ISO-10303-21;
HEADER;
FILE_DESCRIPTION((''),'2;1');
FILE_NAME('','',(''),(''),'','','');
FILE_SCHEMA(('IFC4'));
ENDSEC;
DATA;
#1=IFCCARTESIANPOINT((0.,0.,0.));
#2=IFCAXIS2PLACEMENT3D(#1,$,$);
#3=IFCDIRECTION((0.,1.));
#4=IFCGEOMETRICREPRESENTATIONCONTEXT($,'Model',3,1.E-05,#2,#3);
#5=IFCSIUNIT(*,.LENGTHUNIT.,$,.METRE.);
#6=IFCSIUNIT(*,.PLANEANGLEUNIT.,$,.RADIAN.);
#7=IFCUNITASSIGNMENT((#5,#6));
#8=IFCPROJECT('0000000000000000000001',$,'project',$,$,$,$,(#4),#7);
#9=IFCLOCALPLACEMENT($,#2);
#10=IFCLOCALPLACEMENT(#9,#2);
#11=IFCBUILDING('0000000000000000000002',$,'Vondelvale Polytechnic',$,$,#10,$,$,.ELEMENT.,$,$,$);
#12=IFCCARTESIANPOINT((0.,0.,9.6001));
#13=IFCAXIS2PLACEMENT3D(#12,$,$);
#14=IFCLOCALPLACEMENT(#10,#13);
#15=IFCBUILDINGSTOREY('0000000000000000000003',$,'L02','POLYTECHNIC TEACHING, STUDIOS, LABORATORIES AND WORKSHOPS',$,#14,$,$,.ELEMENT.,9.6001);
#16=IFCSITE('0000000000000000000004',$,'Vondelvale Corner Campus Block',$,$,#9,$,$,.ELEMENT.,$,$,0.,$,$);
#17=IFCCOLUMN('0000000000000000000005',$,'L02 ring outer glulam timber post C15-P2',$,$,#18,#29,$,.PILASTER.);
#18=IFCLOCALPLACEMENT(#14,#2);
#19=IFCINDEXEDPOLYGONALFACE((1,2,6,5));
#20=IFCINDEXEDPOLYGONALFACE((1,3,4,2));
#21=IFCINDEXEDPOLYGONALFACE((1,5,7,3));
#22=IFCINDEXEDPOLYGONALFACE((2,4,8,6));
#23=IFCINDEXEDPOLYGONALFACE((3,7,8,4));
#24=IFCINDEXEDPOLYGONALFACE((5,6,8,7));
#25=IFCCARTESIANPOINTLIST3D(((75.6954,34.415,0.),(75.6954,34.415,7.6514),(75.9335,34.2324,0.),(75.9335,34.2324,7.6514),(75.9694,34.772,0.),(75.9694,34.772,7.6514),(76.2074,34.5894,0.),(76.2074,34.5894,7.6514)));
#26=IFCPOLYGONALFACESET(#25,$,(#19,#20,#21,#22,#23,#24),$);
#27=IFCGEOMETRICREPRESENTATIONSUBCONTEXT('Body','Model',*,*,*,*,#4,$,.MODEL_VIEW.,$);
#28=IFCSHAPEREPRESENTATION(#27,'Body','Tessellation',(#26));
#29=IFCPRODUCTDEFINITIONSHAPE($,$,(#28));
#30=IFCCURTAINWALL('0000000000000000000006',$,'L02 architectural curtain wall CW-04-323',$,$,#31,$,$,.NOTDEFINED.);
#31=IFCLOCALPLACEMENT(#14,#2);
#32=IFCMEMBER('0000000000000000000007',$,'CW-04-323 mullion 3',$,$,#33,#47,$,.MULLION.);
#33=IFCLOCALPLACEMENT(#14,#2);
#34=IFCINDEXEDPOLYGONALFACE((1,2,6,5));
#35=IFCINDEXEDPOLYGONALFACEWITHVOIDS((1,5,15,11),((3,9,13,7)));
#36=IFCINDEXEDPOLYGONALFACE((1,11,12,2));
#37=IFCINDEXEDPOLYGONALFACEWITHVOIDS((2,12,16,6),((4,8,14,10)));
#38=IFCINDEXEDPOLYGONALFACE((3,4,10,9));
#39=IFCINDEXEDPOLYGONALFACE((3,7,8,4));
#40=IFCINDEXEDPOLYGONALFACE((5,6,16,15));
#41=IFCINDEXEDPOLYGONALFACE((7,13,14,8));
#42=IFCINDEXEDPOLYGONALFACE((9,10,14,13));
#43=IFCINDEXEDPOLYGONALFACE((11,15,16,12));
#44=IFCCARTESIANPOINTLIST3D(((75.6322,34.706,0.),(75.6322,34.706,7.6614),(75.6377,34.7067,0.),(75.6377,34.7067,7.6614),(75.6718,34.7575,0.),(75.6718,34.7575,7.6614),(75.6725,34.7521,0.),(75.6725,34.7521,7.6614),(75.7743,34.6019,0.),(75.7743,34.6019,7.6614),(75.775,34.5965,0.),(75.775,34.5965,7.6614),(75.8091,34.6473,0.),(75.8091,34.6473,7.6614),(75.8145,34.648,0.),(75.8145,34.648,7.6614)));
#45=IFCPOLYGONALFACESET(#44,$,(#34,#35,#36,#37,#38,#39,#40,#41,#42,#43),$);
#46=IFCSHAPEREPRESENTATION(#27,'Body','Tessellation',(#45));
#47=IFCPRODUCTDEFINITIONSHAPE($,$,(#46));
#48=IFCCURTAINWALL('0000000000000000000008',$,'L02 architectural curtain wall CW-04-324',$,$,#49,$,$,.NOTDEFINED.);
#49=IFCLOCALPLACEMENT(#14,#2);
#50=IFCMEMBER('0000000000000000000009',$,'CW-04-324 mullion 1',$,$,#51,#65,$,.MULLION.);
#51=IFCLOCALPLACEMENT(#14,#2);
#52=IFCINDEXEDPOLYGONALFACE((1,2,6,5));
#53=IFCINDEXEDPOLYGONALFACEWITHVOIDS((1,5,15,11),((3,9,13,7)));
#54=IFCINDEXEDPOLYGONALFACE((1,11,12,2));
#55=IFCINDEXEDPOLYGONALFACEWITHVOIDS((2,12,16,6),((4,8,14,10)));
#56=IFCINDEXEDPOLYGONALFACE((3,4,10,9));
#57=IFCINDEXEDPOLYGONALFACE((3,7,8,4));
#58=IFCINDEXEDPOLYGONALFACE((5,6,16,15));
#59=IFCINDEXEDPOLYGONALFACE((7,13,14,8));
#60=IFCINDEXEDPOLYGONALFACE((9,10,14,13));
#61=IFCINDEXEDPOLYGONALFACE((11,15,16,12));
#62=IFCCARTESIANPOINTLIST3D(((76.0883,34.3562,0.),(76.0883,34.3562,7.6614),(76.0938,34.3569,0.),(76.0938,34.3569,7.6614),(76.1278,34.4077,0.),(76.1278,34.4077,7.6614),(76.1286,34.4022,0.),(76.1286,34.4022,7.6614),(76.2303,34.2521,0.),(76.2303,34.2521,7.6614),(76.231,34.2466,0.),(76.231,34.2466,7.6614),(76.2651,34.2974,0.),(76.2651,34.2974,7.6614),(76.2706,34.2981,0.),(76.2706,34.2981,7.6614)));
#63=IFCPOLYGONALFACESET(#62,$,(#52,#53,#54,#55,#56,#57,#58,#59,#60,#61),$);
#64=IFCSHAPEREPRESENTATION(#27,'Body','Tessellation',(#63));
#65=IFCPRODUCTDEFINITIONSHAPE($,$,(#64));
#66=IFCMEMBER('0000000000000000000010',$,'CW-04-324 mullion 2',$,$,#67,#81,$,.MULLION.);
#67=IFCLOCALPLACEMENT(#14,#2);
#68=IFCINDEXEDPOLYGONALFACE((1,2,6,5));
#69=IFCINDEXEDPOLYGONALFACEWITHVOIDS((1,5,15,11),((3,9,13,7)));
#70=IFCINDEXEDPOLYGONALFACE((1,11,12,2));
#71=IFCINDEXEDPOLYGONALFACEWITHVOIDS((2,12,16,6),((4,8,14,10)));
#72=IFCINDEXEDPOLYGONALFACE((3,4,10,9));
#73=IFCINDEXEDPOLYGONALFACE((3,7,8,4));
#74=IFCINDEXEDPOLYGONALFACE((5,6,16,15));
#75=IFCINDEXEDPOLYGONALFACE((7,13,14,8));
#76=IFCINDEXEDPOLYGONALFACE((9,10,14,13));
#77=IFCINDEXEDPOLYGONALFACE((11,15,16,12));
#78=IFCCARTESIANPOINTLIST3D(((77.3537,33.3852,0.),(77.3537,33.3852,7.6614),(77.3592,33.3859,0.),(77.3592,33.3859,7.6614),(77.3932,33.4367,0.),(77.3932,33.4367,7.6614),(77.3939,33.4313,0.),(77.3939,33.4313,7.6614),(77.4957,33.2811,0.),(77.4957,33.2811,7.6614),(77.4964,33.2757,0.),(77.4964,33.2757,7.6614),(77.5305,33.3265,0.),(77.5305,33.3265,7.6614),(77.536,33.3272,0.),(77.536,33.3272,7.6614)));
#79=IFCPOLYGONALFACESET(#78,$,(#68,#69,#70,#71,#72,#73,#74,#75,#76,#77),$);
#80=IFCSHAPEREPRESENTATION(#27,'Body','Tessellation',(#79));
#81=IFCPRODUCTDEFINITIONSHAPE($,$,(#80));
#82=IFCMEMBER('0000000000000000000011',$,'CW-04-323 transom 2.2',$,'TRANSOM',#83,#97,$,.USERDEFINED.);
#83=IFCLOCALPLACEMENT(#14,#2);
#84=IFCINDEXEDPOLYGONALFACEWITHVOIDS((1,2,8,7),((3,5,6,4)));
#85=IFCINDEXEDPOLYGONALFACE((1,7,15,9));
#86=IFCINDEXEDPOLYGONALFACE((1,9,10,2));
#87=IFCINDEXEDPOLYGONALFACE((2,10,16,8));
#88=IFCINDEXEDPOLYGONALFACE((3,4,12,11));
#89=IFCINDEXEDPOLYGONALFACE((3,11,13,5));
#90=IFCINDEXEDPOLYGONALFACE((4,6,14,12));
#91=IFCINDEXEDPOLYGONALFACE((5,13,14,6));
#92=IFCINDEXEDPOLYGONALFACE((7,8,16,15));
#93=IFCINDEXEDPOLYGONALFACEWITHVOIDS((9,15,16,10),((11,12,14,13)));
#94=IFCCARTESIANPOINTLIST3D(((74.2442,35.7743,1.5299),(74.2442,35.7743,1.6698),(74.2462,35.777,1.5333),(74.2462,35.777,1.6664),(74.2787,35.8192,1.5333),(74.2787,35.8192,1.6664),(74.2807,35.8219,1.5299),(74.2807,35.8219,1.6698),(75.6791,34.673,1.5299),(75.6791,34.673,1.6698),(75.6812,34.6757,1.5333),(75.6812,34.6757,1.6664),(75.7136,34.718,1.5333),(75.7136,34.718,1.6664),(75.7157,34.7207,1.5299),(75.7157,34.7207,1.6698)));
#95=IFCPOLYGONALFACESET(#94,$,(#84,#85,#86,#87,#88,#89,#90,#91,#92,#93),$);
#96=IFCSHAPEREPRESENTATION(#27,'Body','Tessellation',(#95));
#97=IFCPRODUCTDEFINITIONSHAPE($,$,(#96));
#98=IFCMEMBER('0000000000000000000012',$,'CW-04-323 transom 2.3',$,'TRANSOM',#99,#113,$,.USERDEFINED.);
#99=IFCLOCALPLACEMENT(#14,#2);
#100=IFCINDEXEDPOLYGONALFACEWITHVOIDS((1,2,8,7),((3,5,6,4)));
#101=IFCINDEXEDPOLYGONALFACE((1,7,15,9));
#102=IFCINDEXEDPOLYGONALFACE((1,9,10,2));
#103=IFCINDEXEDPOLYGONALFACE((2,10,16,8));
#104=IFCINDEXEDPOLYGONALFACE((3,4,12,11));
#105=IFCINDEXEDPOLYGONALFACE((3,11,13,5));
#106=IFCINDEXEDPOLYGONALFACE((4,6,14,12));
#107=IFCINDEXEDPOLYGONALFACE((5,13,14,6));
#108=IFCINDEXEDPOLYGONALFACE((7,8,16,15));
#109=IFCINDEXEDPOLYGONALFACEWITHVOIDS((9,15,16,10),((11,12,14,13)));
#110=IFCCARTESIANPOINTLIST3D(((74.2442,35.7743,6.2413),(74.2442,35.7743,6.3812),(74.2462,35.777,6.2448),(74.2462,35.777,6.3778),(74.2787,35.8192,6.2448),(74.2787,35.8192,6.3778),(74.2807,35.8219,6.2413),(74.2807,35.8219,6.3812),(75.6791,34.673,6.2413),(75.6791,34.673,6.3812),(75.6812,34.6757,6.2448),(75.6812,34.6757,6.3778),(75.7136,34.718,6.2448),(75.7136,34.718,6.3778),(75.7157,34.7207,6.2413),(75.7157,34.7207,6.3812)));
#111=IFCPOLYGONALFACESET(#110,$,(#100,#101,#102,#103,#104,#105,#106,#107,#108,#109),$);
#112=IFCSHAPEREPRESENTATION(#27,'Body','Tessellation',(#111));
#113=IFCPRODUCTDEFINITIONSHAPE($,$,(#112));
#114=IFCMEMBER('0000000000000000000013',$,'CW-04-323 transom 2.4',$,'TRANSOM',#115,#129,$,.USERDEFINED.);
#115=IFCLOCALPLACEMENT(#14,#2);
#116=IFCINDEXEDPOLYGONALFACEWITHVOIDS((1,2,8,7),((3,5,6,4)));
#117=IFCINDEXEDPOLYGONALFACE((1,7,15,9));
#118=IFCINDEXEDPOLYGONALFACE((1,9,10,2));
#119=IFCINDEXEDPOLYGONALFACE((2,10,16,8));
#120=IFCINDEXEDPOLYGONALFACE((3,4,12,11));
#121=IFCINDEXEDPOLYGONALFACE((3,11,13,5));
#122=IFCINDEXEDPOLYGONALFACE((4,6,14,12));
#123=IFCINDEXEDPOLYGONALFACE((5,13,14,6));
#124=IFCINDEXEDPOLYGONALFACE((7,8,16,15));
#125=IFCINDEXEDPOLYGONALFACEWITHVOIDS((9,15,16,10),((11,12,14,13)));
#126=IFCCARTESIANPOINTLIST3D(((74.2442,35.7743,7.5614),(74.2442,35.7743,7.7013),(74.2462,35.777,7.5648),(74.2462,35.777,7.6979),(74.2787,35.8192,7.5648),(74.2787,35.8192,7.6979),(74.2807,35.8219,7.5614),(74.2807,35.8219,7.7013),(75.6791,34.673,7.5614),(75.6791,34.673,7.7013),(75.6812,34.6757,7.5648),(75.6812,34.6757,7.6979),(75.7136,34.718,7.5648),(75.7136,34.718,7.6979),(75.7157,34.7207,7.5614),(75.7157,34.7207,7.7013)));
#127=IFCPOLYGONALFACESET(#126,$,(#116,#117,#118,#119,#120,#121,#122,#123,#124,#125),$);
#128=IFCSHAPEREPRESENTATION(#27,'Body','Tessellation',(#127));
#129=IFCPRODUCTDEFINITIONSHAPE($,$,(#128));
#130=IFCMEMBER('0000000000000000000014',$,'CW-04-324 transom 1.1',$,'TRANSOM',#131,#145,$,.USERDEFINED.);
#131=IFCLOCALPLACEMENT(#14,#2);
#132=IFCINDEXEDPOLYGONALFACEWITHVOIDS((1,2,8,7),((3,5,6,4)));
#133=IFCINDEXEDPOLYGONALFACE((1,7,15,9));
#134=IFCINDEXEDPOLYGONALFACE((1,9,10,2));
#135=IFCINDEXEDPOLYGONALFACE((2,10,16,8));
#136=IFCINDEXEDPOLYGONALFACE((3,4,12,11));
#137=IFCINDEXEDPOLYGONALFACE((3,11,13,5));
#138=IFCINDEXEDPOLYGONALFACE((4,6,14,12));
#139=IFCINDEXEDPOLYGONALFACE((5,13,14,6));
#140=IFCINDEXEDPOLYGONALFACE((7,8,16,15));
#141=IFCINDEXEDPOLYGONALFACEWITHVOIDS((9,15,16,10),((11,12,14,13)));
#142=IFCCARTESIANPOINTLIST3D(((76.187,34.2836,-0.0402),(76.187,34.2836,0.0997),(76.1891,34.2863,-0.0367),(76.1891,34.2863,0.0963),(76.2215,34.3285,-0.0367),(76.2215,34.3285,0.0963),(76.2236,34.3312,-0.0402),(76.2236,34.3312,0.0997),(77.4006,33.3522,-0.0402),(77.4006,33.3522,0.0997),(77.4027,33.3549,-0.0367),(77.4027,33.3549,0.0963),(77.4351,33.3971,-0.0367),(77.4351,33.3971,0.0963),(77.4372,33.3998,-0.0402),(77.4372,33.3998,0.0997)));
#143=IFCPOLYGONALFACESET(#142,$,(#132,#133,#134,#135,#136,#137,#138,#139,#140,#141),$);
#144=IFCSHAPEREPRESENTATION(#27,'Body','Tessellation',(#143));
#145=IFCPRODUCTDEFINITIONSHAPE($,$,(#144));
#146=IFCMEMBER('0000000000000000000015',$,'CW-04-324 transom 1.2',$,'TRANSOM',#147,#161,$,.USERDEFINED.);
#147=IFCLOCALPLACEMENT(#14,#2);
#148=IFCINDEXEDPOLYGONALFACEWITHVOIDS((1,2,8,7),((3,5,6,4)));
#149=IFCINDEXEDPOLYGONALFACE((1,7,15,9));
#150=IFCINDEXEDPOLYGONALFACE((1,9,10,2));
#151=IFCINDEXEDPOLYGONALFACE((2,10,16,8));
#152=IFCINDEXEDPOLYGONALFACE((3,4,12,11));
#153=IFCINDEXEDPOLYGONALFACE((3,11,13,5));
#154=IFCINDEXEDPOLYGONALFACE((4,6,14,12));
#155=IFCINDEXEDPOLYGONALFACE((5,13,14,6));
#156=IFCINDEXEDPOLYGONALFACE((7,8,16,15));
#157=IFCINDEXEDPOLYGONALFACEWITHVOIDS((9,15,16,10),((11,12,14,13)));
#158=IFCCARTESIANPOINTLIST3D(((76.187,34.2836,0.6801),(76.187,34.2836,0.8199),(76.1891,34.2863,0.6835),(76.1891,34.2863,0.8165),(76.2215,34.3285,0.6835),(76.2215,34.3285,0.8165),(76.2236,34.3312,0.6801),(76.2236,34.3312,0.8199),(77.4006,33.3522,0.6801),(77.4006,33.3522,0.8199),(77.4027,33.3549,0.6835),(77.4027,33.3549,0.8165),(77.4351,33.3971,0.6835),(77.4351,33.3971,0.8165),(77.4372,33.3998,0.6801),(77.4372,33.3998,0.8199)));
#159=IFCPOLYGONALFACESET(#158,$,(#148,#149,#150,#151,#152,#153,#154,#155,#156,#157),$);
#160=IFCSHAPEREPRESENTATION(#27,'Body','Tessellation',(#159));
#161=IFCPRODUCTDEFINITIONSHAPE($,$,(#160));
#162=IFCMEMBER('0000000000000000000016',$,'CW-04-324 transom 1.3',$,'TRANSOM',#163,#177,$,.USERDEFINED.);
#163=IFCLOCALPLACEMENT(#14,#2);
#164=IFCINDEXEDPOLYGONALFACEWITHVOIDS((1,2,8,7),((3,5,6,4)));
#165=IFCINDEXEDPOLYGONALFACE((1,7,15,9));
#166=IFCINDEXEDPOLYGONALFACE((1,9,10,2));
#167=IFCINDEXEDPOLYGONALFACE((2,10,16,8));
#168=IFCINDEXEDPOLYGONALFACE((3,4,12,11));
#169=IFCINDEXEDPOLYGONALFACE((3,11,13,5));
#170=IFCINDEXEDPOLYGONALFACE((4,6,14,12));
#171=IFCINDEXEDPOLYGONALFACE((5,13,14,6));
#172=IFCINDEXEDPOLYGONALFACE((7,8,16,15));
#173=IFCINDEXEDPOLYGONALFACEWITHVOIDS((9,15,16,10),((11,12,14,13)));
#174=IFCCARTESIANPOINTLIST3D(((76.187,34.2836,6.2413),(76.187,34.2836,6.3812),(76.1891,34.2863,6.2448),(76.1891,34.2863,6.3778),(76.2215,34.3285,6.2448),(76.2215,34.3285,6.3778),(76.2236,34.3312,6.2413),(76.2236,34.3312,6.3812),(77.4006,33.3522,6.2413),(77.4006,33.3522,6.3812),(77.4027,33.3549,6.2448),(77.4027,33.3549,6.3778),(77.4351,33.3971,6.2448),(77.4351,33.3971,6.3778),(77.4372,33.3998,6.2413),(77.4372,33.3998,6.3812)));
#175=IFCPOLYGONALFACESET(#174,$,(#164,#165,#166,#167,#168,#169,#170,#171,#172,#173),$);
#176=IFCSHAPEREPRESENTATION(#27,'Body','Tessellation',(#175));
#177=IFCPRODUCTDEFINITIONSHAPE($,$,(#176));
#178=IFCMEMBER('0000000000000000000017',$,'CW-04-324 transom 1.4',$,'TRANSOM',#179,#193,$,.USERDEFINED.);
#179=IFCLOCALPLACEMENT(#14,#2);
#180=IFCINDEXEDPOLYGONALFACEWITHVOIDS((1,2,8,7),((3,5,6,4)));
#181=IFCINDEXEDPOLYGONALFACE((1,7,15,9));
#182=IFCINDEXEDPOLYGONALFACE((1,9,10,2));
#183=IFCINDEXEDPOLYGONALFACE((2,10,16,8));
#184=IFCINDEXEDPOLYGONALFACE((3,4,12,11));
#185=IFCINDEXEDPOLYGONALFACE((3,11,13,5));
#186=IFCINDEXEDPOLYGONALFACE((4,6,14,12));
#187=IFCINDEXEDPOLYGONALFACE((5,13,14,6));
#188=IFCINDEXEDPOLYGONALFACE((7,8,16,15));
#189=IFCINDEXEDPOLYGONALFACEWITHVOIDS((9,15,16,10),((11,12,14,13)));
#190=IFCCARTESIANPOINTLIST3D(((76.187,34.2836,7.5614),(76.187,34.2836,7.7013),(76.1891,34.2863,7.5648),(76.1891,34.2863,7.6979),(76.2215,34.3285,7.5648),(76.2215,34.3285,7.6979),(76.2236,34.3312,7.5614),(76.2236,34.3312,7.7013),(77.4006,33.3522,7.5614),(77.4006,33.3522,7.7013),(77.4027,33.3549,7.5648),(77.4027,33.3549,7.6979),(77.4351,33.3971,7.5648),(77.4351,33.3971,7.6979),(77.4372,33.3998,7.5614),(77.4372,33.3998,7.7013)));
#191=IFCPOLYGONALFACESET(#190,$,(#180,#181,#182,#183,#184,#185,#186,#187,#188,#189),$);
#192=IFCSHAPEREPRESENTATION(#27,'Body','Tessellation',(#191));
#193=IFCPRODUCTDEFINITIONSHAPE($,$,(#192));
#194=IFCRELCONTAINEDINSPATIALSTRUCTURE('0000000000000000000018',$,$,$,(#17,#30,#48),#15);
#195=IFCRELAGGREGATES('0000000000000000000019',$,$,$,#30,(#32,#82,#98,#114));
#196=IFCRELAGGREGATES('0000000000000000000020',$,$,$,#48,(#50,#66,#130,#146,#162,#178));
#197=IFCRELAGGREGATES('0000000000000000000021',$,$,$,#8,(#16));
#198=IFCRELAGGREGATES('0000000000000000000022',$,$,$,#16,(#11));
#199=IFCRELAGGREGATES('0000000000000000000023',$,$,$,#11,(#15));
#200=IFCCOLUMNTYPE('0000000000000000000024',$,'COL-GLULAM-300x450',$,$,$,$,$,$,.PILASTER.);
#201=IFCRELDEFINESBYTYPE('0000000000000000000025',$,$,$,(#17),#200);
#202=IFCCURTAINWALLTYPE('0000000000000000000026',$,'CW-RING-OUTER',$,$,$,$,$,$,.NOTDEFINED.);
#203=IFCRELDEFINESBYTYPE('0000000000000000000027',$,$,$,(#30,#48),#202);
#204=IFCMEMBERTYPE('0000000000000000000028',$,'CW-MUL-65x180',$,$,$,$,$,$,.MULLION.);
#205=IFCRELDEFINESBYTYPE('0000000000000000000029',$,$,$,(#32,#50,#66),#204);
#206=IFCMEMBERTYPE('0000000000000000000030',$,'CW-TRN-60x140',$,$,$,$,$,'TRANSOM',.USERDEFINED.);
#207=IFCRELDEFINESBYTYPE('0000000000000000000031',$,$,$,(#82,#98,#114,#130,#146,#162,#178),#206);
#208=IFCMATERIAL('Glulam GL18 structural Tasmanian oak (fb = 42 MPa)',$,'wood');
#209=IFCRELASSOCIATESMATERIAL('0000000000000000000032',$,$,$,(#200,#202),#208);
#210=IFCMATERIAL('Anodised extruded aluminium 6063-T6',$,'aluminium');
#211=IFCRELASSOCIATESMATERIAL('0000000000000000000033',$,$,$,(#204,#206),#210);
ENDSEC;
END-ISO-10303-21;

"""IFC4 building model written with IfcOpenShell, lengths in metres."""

from ifc_helpers import new_model, si_unit, direction, frame, origin, origin_2d, place, context, subcontext, project, spatial, rectangle, hollow_rectangle, extrude, material, material_profile, profile_set, type_object, element, aggregate, save


model = new_model("IFC4")

# Units and contexts
model_context = context("Model", 3, precision=1e-05, world=origin(), true_north=direction((0.0, 1.0)))
body_context = subcontext(model_context, "Body", "Model", "MODEL_VIEW")
ifc_project = project(units=[si_unit("LENGTHUNIT", "METRE"), si_unit("PLANEANGLEUNIT", "RADIAN")], contexts=[model_context])

# Site, building, storey
site_placement = place(None, origin())
site = spatial("IfcSite", under=ifc_project, at=site_placement, Name="Vondelvale Corner Campus Block", CompositionType="ELEMENT", RefElevation=0.0)
building_placement = place(site_placement, origin())
building = spatial("IfcBuilding", under=site, at=building_placement, Name="Vondelvale Polytechnic", CompositionType="ELEMENT")
storey_placement = place(building_placement, frame((0.0, 0.0, 9.6001)))
storey = spatial("IfcBuildingStorey", under=building, at=storey_placement, Name="L02", Description="POLYTECHNIC TEACHING, STUDIOS, LABORATORIES AND WORKSHOPS", CompositionType="ELEMENT", Elevation=9.6001)

# Column
ifc_material_1 = material(Name="Glulam GL18 structural Tasmanian oak (fb = 42 MPa)", Category="wood")
ifc_material_profile_1 = material_profile(ifc_material_1, rectangle(XDim=0.3, YDim=0.45, at=origin_2d()), Name="GL-POST-300x450")
ifc_profile_set_1 = profile_set([ifc_material_profile_1], Name="Glulam GL18 structural Tasmanian oak (fb = 42 MPa)")
column_type = type_object("IfcColumnType", Name="COL-GLULAM-300x450", PredefinedType="PILASTER", material=ifc_profile_set_1)
column_placement = place(storey_placement, frame((75.9514, 34.5022, 0.0), z_axis=(0.0, 0.0, 1.0), x_axis=(-0.793353, 0.608761, 0.0)))
element("IfcColumn", 1, at=column_placement, inside=storey, type_object=column_type, Name="L02 ring outer glulam timber post C15-P2", PredefinedType="PILASTER", context=body_context, shape_type="SweptSolid", body=[
    extrude(rectangle(XDim=0.3, YDim=0.45, at=origin_2d()), origin(), (0.0, 0.0, 1.0), 7.6514),
])

# Curtain wall, member
curtain_wall_type = type_object("IfcCurtainWallType", Name="CW-RING-OUTER", PredefinedType="NOTDEFINED", material=ifc_material_1)
curtain_wall_1_placement = place(storey_placement, origin())
curtain_wall_1 = element("IfcCurtainWall", 2, at=curtain_wall_1_placement, inside=storey, type_object=curtain_wall_type, Name="L02 architectural curtain wall CW-04-323", PredefinedType="NOTDEFINED")
ifc_material_2 = material(Name="Anodised extruded aluminium 6063-T6", Category="aluminium")
ifc_material_profile_2 = material_profile(ifc_material_2, hollow_rectangle(XDim=0.0649, YDim=0.1799, WallThickness=0.0039, at=origin_2d()), Name="CW-MUL-180x65")
ifc_profile_set_2 = profile_set([ifc_material_profile_2], Name="Anodised extruded aluminium 6063-T6")
member_type_1 = type_object("IfcMemberType", Name="CW-MUL-65x180", PredefinedType="MULLION", material=ifc_profile_set_2)
member_1_placement = place(storey_placement, frame((75.7234, 34.677, 0.0), z_axis=(0.0, 0.0, 1.0), x_axis=(0.608771, 0.793346, 0.0)))
member_1 = element("IfcMember", 3, at=member_1_placement, type_object=member_type_1, Name="CW-04-323 mullion 3", PredefinedType="MULLION", context=body_context, shape_type="SweptSolid", body=[
    extrude(hollow_rectangle(XDim=0.0649, YDim=0.1799, WallThickness=0.0039, at=origin_2d()), origin(), (0.0, 0.0, 1.0), 7.6614),
])

# Curtain wall, members
curtain_wall_2_placement = place(storey_placement, origin())
curtain_wall_2 = element("IfcCurtainWall", 4, at=curtain_wall_2_placement, inside=storey, type_object=curtain_wall_type, Name="L02 architectural curtain wall CW-04-324", PredefinedType="NOTDEFINED")
member_2_placement = place(storey_placement, frame((76.1794, 34.3271, 0.0), z_axis=(0.0, 0.0, 1.0), x_axis=(0.608787, 0.793334, 0.0)))
member_2 = element("IfcMember", 5, at=member_2_placement, type_object=member_type_1, Name="CW-04-324 mullion 1", PredefinedType="MULLION", context=body_context, shape_type="SweptSolid", body=[
    extrude(hollow_rectangle(XDim=0.0649, YDim=0.1799, WallThickness=0.0039, at=origin_2d()), origin(), (0.0, 0.0, 1.0), 7.6614),
])
member_3_placement = place(storey_placement, frame((77.4448, 33.3562, 0.0), z_axis=(0.0, 0.0, 1.0), x_axis=(0.608787, 0.793334, 0.0)))
member_3 = element("IfcMember", 6, at=member_3_placement, type_object=member_type_1, Name="CW-04-324 mullion 2", PredefinedType="MULLION", context=body_context, shape_type="SweptSolid", body=[
    extrude(hollow_rectangle(XDim=0.0649, YDim=0.1799, WallThickness=0.0039, at=origin_2d()), origin(), (0.0, 0.0, 1.0), 7.6614),
])

# Members
ifc_material_profile_3 = material_profile(ifc_material_2, hollow_rectangle(XDim=0.0601, YDim=0.1399, WallThickness=0.0034, at=origin_2d()), Name="CW-TRN-140x60")
ifc_profile_set_3 = profile_set([ifc_material_profile_3], Name="Anodised extruded aluminium 6063-T6")
member_type_2 = type_object("IfcMemberType", Name="CW-TRN-60x140", ElementType="TRANSOM", PredefinedType="USERDEFINED", material=ifc_profile_set_3)
member_4_placement = place(storey_placement, frame((74.2625, 35.7981, 1.5999), z_axis=(0.793311, -0.608817, 0.0), x_axis=(0.608817, 0.793311, 0.0)))
member_4 = element("IfcMember", 7, at=member_4_placement, type_object=member_type_2, Name="CW-04-323 transom 2.2", ObjectType="TRANSOM", PredefinedType="USERDEFINED", context=body_context, shape_type="SweptSolid", body=[
    extrude(hollow_rectangle(XDim=0.0601, YDim=0.1399, WallThickness=0.0034, at=origin_2d()), origin(), (0.0, 0.0, 1.0), 1.8088),
])
member_5_placement = place(storey_placement, frame((74.2625, 35.7981, 6.3113), z_axis=(0.793311, -0.608817, 0.0), x_axis=(0.608817, 0.793311, 0.0)))
member_5 = element("IfcMember", 8, at=member_5_placement, type_object=member_type_2, Name="CW-04-323 transom 2.3", ObjectType="TRANSOM", PredefinedType="USERDEFINED", context=body_context, shape_type="SweptSolid", body=[
    extrude(hollow_rectangle(XDim=0.0601, YDim=0.1399, WallThickness=0.0034, at=origin_2d()), origin(), (0.0, 0.0, 1.0), 1.8088),
])
member_6_placement = place(storey_placement, frame((74.2625, 35.7981, 7.6313), z_axis=(0.793311, -0.608817, 0.0), x_axis=(0.608817, 0.793311, 0.0)))
member_6 = element("IfcMember", 9, at=member_6_placement, type_object=member_type_2, Name="CW-04-323 transom 2.4", ObjectType="TRANSOM", PredefinedType="USERDEFINED", context=body_context, shape_type="SweptSolid", body=[
    extrude(hollow_rectangle(XDim=0.0601, YDim=0.1399, WallThickness=0.0034, at=origin_2d()), origin(), (0.0, 0.0, 1.0), 1.8088),
])
member_7_placement = place(storey_placement, frame((76.2053, 34.3074, 0.0298), z_axis=(0.793306, -0.608823, 0.0), x_axis=(0.608823, 0.793306, 0.0)))
member_7 = element("IfcMember", 10, at=member_7_placement, type_object=member_type_2, Name="CW-04-324 transom 1.1", ObjectType="TRANSOM", PredefinedType="USERDEFINED", context=body_context, shape_type="SweptSolid", body=[
    extrude(hollow_rectangle(XDim=0.0601, YDim=0.1399, WallThickness=0.0034, at=origin_2d()), origin(), (0.0, 0.0, 1.0), 1.5298),
])
member_8_placement = place(storey_placement, frame((76.2053, 34.3074, 0.75), z_axis=(0.793306, -0.608823, 0.0), x_axis=(0.608823, 0.793306, 0.0)))
member_8 = element("IfcMember", 11, at=member_8_placement, type_object=member_type_2, Name="CW-04-324 transom 1.2", ObjectType="TRANSOM", PredefinedType="USERDEFINED", context=body_context, shape_type="SweptSolid", body=[
    extrude(hollow_rectangle(XDim=0.0601, YDim=0.1399, WallThickness=0.0034, at=origin_2d()), origin(), (0.0, 0.0, 1.0), 1.5298),
])
member_9_placement = place(storey_placement, frame((76.2053, 34.3074, 6.3113), z_axis=(0.793306, -0.608823, 0.0), x_axis=(0.608823, 0.793306, 0.0)))
member_9 = element("IfcMember", 12, at=member_9_placement, type_object=member_type_2, Name="CW-04-324 transom 1.3", ObjectType="TRANSOM", PredefinedType="USERDEFINED", context=body_context, shape_type="SweptSolid", body=[
    extrude(hollow_rectangle(XDim=0.0601, YDim=0.1399, WallThickness=0.0034, at=origin_2d()), origin(), (0.0, 0.0, 1.0), 1.5298),
])
member_10_placement = place(storey_placement, frame((76.2053, 34.3074, 7.6313), z_axis=(0.793306, -0.608823, 0.0), x_axis=(0.608823, 0.793306, 0.0)))
member_10 = element("IfcMember", 13, at=member_10_placement, type_object=member_type_2, Name="CW-04-324 transom 1.4", ObjectType="TRANSOM", PredefinedType="USERDEFINED", context=body_context, shape_type="SweptSolid", body=[
    extrude(hollow_rectangle(XDim=0.0601, YDim=0.1399, WallThickness=0.0034, at=origin_2d()), origin(), (0.0, 0.0, 1.0), 1.5298),
])

aggregate(curtain_wall_1, [member_1, member_4, member_5, member_6])
aggregate(curtain_wall_2, [member_2, member_3, member_7, member_8, member_9, member_10])

save(model, "model.ifc")
